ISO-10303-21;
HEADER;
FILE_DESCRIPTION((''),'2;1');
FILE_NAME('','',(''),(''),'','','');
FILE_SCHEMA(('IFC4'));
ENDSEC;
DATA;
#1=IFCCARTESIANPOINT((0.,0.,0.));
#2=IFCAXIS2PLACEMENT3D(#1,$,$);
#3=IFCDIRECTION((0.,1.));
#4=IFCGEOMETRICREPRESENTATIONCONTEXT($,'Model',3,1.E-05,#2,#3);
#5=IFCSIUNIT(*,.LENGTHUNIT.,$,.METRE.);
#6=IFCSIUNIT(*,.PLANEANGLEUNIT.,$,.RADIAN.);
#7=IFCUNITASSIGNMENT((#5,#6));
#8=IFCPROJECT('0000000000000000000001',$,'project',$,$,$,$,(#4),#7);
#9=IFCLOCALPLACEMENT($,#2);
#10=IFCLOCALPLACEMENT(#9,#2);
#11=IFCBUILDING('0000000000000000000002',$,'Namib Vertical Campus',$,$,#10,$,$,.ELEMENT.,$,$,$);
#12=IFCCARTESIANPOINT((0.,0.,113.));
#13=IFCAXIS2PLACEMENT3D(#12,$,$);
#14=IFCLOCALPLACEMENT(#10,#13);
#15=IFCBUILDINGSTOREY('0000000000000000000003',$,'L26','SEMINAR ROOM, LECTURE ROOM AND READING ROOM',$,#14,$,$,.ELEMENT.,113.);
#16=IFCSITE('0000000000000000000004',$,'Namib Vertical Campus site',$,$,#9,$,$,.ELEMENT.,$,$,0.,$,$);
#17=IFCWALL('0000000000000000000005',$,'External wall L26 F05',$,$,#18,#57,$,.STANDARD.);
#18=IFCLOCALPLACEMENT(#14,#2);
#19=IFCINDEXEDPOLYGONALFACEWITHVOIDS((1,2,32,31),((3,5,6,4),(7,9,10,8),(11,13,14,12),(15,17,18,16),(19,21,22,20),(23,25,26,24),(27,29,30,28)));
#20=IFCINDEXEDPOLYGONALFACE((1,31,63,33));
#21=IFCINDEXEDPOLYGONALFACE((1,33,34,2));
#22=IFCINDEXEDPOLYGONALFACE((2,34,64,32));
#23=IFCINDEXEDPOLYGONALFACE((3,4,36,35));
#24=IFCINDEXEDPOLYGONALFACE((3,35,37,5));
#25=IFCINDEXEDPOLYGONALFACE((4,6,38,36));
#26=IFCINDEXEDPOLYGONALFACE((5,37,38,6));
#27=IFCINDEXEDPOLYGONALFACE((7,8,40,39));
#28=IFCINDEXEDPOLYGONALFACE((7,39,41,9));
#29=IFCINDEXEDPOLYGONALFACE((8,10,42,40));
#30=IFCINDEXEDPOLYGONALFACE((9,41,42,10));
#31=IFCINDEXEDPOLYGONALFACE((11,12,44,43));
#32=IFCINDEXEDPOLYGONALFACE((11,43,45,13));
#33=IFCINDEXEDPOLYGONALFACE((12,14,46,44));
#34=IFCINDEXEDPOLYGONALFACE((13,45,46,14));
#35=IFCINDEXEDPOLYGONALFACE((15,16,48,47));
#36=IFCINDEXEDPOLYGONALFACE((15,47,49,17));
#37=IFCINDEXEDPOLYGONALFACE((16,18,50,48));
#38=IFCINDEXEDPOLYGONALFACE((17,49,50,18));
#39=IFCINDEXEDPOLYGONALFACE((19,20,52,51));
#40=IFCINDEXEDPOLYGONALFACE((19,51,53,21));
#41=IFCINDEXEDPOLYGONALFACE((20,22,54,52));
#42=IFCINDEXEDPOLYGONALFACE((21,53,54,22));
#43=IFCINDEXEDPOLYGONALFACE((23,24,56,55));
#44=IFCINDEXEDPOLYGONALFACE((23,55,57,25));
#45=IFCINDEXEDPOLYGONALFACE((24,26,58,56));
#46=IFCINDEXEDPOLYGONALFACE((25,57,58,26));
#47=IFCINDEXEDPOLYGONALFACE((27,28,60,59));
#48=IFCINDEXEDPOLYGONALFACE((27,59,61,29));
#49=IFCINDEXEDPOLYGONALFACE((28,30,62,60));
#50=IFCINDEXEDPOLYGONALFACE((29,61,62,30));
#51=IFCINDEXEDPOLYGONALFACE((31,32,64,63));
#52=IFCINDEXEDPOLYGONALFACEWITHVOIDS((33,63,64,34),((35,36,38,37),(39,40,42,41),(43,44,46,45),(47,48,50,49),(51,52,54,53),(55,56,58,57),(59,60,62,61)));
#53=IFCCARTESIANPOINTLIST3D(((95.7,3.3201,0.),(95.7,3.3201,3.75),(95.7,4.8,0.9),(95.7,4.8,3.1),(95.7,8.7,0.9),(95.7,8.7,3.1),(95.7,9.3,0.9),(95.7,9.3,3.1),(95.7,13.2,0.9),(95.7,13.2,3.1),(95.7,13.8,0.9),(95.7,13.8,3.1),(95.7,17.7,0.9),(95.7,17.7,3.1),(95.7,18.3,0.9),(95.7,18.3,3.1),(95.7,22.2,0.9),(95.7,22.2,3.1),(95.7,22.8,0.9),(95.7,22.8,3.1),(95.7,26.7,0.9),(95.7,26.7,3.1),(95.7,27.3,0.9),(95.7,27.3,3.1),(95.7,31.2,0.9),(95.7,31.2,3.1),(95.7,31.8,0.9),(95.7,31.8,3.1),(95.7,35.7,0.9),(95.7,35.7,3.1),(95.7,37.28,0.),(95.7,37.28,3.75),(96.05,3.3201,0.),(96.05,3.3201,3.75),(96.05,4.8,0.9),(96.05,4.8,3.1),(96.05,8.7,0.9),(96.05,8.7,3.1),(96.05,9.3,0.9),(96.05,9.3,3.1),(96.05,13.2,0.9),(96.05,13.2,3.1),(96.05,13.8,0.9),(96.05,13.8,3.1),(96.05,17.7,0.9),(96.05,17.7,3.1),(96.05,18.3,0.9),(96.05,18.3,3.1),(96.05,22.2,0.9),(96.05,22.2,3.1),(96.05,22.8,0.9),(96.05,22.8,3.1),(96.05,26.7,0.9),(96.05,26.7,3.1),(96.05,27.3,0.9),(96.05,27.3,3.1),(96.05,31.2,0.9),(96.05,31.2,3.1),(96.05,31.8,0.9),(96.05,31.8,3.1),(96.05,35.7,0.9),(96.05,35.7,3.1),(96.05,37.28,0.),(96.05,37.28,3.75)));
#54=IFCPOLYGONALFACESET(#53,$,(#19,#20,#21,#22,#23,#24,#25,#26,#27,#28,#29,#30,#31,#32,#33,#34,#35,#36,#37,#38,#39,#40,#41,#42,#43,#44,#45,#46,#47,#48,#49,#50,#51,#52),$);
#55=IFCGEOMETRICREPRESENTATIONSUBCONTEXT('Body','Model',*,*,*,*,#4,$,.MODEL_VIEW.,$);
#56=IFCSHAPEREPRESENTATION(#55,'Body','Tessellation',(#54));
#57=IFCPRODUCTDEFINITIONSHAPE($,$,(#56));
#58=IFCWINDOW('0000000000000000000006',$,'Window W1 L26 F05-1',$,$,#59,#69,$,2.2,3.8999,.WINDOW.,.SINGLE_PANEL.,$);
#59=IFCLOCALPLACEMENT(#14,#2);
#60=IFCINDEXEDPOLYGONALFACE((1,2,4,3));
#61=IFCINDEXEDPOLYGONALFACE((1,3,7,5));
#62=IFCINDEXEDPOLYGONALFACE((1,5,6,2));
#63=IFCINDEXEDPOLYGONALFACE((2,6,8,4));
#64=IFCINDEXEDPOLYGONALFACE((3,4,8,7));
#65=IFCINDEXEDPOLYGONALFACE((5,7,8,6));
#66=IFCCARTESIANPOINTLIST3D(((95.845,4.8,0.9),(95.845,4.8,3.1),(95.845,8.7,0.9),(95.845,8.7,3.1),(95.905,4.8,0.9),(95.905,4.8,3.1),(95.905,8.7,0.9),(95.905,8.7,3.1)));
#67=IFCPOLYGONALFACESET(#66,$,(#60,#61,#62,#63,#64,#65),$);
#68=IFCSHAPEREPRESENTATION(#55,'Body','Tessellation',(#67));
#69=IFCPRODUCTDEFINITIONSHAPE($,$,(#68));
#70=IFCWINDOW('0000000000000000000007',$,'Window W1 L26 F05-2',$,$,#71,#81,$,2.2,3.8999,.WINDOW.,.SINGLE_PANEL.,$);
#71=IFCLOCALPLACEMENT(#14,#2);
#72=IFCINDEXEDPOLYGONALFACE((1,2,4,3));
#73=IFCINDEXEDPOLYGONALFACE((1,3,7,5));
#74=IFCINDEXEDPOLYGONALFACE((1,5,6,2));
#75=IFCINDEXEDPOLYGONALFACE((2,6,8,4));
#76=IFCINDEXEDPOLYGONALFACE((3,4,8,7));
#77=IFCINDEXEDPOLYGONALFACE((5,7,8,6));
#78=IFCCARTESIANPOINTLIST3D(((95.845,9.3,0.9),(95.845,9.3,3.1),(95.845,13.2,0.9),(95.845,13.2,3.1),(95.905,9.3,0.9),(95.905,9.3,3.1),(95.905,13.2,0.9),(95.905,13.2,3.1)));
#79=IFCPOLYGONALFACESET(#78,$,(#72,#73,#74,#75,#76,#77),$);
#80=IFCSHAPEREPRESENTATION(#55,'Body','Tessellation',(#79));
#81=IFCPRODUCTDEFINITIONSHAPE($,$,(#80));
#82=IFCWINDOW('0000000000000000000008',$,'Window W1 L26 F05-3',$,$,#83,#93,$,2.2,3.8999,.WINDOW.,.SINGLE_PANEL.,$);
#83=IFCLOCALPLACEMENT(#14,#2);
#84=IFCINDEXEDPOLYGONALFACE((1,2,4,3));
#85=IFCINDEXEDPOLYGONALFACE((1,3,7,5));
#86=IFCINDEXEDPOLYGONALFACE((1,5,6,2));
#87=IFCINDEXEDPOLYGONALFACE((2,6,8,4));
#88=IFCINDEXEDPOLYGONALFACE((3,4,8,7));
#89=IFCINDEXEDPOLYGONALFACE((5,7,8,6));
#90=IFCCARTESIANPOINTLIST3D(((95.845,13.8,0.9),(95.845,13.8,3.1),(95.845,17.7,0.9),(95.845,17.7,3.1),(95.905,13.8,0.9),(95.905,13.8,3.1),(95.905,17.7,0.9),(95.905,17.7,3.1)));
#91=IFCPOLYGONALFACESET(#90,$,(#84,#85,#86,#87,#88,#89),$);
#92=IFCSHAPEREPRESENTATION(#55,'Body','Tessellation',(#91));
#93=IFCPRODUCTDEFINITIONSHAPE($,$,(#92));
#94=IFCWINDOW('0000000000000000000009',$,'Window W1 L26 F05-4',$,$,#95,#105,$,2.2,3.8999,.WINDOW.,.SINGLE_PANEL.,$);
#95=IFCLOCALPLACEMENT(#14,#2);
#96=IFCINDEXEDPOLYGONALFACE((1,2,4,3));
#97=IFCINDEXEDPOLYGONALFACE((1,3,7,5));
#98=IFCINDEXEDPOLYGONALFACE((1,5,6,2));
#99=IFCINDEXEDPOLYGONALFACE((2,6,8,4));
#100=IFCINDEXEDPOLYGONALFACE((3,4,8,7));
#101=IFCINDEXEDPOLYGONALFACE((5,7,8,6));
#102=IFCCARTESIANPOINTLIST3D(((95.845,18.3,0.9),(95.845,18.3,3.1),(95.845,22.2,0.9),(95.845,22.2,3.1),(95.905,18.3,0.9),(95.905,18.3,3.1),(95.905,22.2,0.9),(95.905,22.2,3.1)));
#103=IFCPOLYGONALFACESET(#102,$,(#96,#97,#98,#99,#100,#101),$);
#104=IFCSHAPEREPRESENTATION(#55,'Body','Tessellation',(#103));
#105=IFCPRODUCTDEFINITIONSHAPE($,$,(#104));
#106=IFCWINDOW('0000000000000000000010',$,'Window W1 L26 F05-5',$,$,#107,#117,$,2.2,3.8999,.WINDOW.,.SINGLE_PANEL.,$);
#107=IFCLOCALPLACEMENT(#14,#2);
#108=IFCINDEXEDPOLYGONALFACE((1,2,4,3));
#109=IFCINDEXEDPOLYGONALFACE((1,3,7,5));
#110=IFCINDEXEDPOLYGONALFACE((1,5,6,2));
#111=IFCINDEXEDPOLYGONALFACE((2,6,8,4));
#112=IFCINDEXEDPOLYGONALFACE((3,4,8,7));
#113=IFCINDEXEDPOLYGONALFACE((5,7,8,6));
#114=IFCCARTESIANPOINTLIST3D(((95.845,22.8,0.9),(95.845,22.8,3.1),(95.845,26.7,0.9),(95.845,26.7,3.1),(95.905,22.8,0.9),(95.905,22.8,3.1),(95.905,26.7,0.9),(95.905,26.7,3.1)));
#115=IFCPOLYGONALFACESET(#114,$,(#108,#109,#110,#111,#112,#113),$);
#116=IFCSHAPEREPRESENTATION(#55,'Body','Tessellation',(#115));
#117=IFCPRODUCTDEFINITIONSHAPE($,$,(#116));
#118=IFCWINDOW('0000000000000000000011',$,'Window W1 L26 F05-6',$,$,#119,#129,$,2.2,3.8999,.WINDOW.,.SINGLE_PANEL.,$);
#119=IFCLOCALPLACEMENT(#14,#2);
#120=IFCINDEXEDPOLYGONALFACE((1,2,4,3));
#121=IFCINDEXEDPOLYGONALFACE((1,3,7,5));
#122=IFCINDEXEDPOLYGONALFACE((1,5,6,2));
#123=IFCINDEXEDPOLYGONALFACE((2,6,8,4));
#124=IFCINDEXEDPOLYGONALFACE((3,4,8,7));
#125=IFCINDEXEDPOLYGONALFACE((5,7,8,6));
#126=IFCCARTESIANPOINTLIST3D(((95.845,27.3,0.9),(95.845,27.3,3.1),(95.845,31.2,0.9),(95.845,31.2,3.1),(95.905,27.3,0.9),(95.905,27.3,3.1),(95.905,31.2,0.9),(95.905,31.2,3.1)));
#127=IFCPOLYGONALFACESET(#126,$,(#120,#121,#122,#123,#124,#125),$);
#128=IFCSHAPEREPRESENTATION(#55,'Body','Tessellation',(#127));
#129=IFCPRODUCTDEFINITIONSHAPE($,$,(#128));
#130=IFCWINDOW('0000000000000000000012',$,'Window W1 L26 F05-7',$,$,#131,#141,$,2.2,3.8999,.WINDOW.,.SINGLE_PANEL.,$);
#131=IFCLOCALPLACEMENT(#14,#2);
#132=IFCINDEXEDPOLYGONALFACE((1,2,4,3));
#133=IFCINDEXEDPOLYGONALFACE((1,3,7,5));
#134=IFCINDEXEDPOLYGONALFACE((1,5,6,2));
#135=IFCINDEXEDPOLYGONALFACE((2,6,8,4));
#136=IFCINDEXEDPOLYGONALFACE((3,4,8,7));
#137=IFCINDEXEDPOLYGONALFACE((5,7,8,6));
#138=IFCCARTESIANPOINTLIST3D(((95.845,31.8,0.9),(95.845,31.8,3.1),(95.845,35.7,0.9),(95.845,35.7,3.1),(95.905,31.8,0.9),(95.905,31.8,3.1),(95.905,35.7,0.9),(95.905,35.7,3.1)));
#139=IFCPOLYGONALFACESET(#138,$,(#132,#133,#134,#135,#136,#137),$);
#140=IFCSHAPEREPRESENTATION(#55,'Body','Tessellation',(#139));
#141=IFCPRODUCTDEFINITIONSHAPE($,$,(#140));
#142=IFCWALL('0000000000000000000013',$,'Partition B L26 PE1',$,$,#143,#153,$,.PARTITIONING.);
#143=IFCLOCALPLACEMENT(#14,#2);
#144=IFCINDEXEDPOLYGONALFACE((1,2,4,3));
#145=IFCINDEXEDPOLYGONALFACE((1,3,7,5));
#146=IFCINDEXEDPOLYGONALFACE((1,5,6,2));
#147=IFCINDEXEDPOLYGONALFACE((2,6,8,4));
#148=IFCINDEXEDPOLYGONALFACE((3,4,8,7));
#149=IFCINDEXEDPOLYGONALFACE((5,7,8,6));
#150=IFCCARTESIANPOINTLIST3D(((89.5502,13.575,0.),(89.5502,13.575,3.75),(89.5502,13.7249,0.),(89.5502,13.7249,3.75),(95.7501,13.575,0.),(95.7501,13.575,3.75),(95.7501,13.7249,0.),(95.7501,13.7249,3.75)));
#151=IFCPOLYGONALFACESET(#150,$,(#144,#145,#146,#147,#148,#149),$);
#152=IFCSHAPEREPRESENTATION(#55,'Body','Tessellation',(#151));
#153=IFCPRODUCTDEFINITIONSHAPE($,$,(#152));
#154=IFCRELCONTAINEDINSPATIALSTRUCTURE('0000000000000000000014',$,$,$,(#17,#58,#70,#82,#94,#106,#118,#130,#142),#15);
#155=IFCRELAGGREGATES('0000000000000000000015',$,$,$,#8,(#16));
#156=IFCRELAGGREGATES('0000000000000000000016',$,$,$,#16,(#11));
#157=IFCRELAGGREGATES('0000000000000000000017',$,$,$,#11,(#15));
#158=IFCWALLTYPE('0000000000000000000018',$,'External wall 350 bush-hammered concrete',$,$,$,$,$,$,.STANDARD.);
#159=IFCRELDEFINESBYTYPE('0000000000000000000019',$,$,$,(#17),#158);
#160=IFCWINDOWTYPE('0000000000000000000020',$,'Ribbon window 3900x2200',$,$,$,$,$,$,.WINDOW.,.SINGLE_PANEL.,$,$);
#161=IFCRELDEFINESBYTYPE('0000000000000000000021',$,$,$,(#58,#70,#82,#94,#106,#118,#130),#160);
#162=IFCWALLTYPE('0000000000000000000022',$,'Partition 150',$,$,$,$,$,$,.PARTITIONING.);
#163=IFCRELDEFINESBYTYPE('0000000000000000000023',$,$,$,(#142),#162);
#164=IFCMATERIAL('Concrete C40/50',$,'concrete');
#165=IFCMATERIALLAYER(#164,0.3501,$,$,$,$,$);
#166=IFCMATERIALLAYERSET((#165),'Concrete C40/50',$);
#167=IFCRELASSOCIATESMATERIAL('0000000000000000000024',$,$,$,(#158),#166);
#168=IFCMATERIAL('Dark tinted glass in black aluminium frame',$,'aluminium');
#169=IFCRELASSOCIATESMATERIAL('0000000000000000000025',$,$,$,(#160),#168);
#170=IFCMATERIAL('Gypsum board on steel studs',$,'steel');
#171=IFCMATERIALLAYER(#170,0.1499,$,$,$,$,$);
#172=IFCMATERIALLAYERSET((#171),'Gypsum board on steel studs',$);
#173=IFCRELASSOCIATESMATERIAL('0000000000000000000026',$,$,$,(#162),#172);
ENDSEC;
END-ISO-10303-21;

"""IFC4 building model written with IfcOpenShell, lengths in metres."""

from ifc_helpers import new_model, si_unit, direction, frame, frame_2d, origin, place, context, subcontext, project, spatial, rectangle, extrude, material, layer, layer_set, type_object, element, fill, save


model = new_model("IFC4")

# Units and contexts
model_context = context("Model", 3, precision=1e-05, world=origin(), true_north=direction((0.0, 1.0)))
body_context = subcontext(model_context, "Body", "Model", "MODEL_VIEW")
ifc_project = project(units=[si_unit("LENGTHUNIT", "METRE"), si_unit("PLANEANGLEUNIT", "RADIAN")], contexts=[model_context])

# Site, building, storey
site_placement = place(None, origin())
site = spatial("IfcSite", under=ifc_project, at=site_placement, Name="Namib Vertical Campus site", CompositionType="ELEMENT", RefElevation=0.0)
building_placement = place(site_placement, origin())
building = spatial("IfcBuilding", under=site, at=building_placement, Name="Namib Vertical Campus", CompositionType="ELEMENT")
storey_placement = place(building_placement, frame((0.0, 0.0, 113.0)))
storey = spatial("IfcBuildingStorey", under=building, at=storey_placement, Name="L26", Description="SEMINAR ROOM, LECTURE ROOM AND READING ROOM", CompositionType="ELEMENT", Elevation=113.0)

# Wall, openings, windows
ifc_material_1 = material(Name="Concrete C40/50", Category="concrete")
ifc_layer_1 = layer(ifc_material_1, 0.3501)
ifc_layer_set_1 = layer_set([ifc_layer_1], Name="Concrete C40/50")
wall_type_1 = type_object("IfcWallType", Name="External wall 350 bush-hammered concrete", PredefinedType="STANDARD", material=ifc_layer_set_1)
wall_1_placement = place(storey_placement, frame((95.875, 3.3201, 0.0), z_axis=(0.0, 0.0, 1.0), x_axis=(0.0, 1.0, 0.0)))
wall_1 = element("IfcWall", 1, at=wall_1_placement, inside=storey, type_object=wall_type_1, Name="External wall L26 F05", PredefinedType="STANDARD", context=body_context, shape_type="SweptSolid", body=[
    extrude(rectangle(XDim=33.96, YDim=0.3501, at=frame_2d((16.98, 0.0))), origin(), (0.0, 0.0, 1.0), 3.75),
])
opening_1_placement = place(wall_1_placement, frame((1.48, 0.0, 0.8999)))
opening_1 = element("IfcOpeningElement", 2, at=opening_1_placement, cuts=wall_1, PredefinedType="OPENING", context=body_context, shape_type="SweptSolid", body=[
    extrude(rectangle(XDim=3.8999, YDim=2.2, at=frame_2d((1.95, 1.1001))), frame((0.0, 0.1851, 0.0), z_axis=(0.0, -1.0, 0.0), x_axis=(1.0, 0.0, 0.0)), (0.0, 0.0, 1.0), 0.3701),
])
opening_2_placement = place(wall_1_placement, frame((5.98, 0.0, 0.8999)))
opening_2 = element("IfcOpeningElement", 3, at=opening_2_placement, cuts=wall_1, PredefinedType="OPENING", context=body_context, shape_type="SweptSolid", body=[
    extrude(rectangle(XDim=3.8999, YDim=2.2, at=frame_2d((1.95, 1.1001))), frame((0.0, 0.1851, 0.0), z_axis=(0.0, -1.0, 0.0), x_axis=(1.0, 0.0, 0.0)), (0.0, 0.0, 1.0), 0.3701),
])
opening_3_placement = place(wall_1_placement, frame((10.48, 0.0, 0.8999)))
opening_3 = element("IfcOpeningElement", 4, at=opening_3_placement, cuts=wall_1, PredefinedType="OPENING", context=body_context, shape_type="SweptSolid", body=[
    extrude(rectangle(XDim=3.8999, YDim=2.2, at=frame_2d((1.95, 1.1001))), frame((0.0, 0.1851, 0.0), z_axis=(0.0, -1.0, 0.0), x_axis=(1.0, 0.0, 0.0)), (0.0, 0.0, 1.0), 0.3701),
])
opening_4_placement = place(wall_1_placement, frame((14.98, 0.0, 0.8999)))
opening_4 = element("IfcOpeningElement", 5, at=opening_4_placement, cuts=wall_1, PredefinedType="OPENING", context=body_context, shape_type="SweptSolid", body=[
    extrude(rectangle(XDim=3.8999, YDim=2.2, at=frame_2d((1.95, 1.1001))), frame((0.0, 0.1851, 0.0), z_axis=(0.0, -1.0, 0.0), x_axis=(1.0, 0.0, 0.0)), (0.0, 0.0, 1.0), 0.3701),
])
opening_5_placement = place(wall_1_placement, frame((19.48, 0.0, 0.8999)))
opening_5 = element("IfcOpeningElement", 6, at=opening_5_placement, cuts=wall_1, PredefinedType="OPENING", context=body_context, shape_type="SweptSolid", body=[
    extrude(rectangle(XDim=3.8999, YDim=2.2, at=frame_2d((1.95, 1.1001))), frame((0.0, 0.1851, 0.0), z_axis=(0.0, -1.0, 0.0), x_axis=(1.0, 0.0, 0.0)), (0.0, 0.0, 1.0), 0.3701),
])
opening_6_placement = place(wall_1_placement, frame((23.98, 0.0, 0.8999)))
opening_6 = element("IfcOpeningElement", 7, at=opening_6_placement, cuts=wall_1, PredefinedType="OPENING", context=body_context, shape_type="SweptSolid", body=[
    extrude(rectangle(XDim=3.8999, YDim=2.2, at=frame_2d((1.95, 1.1001))), frame((0.0, 0.1851, 0.0), z_axis=(0.0, -1.0, 0.0), x_axis=(1.0, 0.0, 0.0)), (0.0, 0.0, 1.0), 0.3701),
])
opening_7_placement = place(wall_1_placement, frame((28.48, 0.0, 0.8999)))
opening_7 = element("IfcOpeningElement", 8, at=opening_7_placement, cuts=wall_1, PredefinedType="OPENING", context=body_context, shape_type="SweptSolid", body=[
    extrude(rectangle(XDim=3.8999, YDim=2.2, at=frame_2d((1.95, 1.1001))), frame((0.0, 0.1851, 0.0), z_axis=(0.0, -1.0, 0.0), x_axis=(1.0, 0.0, 0.0)), (0.0, 0.0, 1.0), 0.3701),
])
ifc_material_2 = material(Name="Dark tinted glass in black aluminium frame", Category="aluminium")
window_type = type_object("IfcWindowType", Name="Ribbon window 3900x2200", PartitioningType="SINGLE_PANEL", PredefinedType="WINDOW", material=ifc_material_2)
window_1_placement = place(opening_1_placement, origin())
window_1 = element("IfcWindow", 9, at=window_1_placement, inside=storey, type_object=window_type, Name="Window W1 L26 F05-1", OverallHeight=2.2, OverallWidth=3.8999, PartitioningType="SINGLE_PANEL", PredefinedType="WINDOW", context=body_context, shape_type="SweptSolid", body=[
    extrude(rectangle(XDim=3.8999, YDim=2.2, at=frame_2d((1.95, 1.1001))), frame((0.0, 0.03, 0.0), z_axis=(0.0, -1.0, 0.0), x_axis=(1.0, 0.0, 0.0)), (0.0, 0.0, 1.0), 0.0601),
])
fill(opening_1, window_1)
window_2_placement = place(opening_2_placement, origin())
window_2 = element("IfcWindow", 10, at=window_2_placement, inside=storey, type_object=window_type, Name="Window W1 L26 F05-2", OverallHeight=2.2, OverallWidth=3.8999, PartitioningType="SINGLE_PANEL", PredefinedType="WINDOW", context=body_context, shape_type="SweptSolid", body=[
    extrude(rectangle(XDim=3.8999, YDim=2.2, at=frame_2d((1.95, 1.1001))), frame((0.0, 0.03, 0.0), z_axis=(0.0, -1.0, 0.0), x_axis=(1.0, 0.0, 0.0)), (0.0, 0.0, 1.0), 0.0601),
])
fill(opening_2, window_2)
window_3_placement = place(opening_3_placement, origin())
window_3 = element("IfcWindow", 11, at=window_3_placement, inside=storey, type_object=window_type, Name="Window W1 L26 F05-3", OverallHeight=2.2, OverallWidth=3.8999, PartitioningType="SINGLE_PANEL", PredefinedType="WINDOW", context=body_context, shape_type="SweptSolid", body=[
    extrude(rectangle(XDim=3.8999, YDim=2.2, at=frame_2d((1.95, 1.1001))), frame((0.0, 0.03, 0.0), z_axis=(0.0, -1.0, 0.0), x_axis=(1.0, 0.0, 0.0)), (0.0, 0.0, 1.0), 0.0601),
])
fill(opening_3, window_3)
window_4_placement = place(opening_4_placement, origin())
window_4 = element("IfcWindow", 12, at=window_4_placement, inside=storey, type_object=window_type, Name="Window W1 L26 F05-4", OverallHeight=2.2, OverallWidth=3.8999, PartitioningType="SINGLE_PANEL", PredefinedType="WINDOW", context=body_context, shape_type="SweptSolid", body=[
    extrude(rectangle(XDim=3.8999, YDim=2.2, at=frame_2d((1.95, 1.1001))), frame((0.0, 0.03, 0.0), z_axis=(0.0, -1.0, 0.0), x_axis=(1.0, 0.0, 0.0)), (0.0, 0.0, 1.0), 0.0601),
])
fill(opening_4, window_4)
window_5_placement = place(opening_5_placement, origin())
window_5 = element("IfcWindow", 13, at=window_5_placement, inside=storey, type_object=window_type, Name="Window W1 L26 F05-5", OverallHeight=2.2, OverallWidth=3.8999, PartitioningType="SINGLE_PANEL", PredefinedType="WINDOW", context=body_context, shape_type="SweptSolid", body=[
    extrude(rectangle(XDim=3.8999, YDim=2.2, at=frame_2d((1.95, 1.1001))), frame((0.0, 0.03, 0.0), z_axis=(0.0, -1.0, 0.0), x_axis=(1.0, 0.0, 0.0)), (0.0, 0.0, 1.0), 0.0601),
])
fill(opening_5, window_5)
window_6_placement = place(opening_6_placement, origin())
window_6 = element("IfcWindow", 14, at=window_6_placement, inside=storey, type_object=window_type, Name="Window W1 L26 F05-6", OverallHeight=2.2, OverallWidth=3.8999, PartitioningType="SINGLE_PANEL", PredefinedType="WINDOW", context=body_context, shape_type="SweptSolid", body=[
    extrude(rectangle(XDim=3.8999, YDim=2.2, at=frame_2d((1.95, 1.1001))), frame((0.0, 0.03, 0.0), z_axis=(0.0, -1.0, 0.0), x_axis=(1.0, 0.0, 0.0)), (0.0, 0.0, 1.0), 0.0601),
])
fill(opening_6, window_6)
window_7_placement = place(opening_7_placement, origin())
window_7 = element("IfcWindow", 15, at=window_7_placement, inside=storey, type_object=window_type, Name="Window W1 L26 F05-7", OverallHeight=2.2, OverallWidth=3.8999, PartitioningType="SINGLE_PANEL", PredefinedType="WINDOW", context=body_context, shape_type="SweptSolid", body=[
    extrude(rectangle(XDim=3.8999, YDim=2.2, at=frame_2d((1.95, 1.1001))), frame((0.0, 0.03, 0.0), z_axis=(0.0, -1.0, 0.0), x_axis=(1.0, 0.0, 0.0)), (0.0, 0.0, 1.0), 0.0601),
])
fill(opening_7, window_7)

# Wall
ifc_material_3 = material(Name="Gypsum board on steel studs", Category="steel")
ifc_layer_2 = layer(ifc_material_3, 0.1499)
ifc_layer_set_2 = layer_set([ifc_layer_2], Name="Gypsum board on steel studs")
wall_type_2 = type_object("IfcWallType", Name="Partition 150", PredefinedType="PARTITIONING", material=ifc_layer_set_2)
wall_2_placement = place(storey_placement, frame((89.55, 13.6499, 0.0), z_axis=(0.0, 0.0, 1.0), x_axis=(1.0, 0.0, 0.0)))
element("IfcWall", 16, at=wall_2_placement, inside=storey, type_object=wall_type_2, Name="Partition B L26 PE1", PredefinedType="PARTITIONING", context=body_context, shape_type="SweptSolid", body=[
    extrude(rectangle(XDim=6.2, YDim=0.1499, at=frame_2d((3.1001, 0.0))), origin(), (0.0, 0.0, 1.0), 3.75),
])

save(model, "model.ifc")
